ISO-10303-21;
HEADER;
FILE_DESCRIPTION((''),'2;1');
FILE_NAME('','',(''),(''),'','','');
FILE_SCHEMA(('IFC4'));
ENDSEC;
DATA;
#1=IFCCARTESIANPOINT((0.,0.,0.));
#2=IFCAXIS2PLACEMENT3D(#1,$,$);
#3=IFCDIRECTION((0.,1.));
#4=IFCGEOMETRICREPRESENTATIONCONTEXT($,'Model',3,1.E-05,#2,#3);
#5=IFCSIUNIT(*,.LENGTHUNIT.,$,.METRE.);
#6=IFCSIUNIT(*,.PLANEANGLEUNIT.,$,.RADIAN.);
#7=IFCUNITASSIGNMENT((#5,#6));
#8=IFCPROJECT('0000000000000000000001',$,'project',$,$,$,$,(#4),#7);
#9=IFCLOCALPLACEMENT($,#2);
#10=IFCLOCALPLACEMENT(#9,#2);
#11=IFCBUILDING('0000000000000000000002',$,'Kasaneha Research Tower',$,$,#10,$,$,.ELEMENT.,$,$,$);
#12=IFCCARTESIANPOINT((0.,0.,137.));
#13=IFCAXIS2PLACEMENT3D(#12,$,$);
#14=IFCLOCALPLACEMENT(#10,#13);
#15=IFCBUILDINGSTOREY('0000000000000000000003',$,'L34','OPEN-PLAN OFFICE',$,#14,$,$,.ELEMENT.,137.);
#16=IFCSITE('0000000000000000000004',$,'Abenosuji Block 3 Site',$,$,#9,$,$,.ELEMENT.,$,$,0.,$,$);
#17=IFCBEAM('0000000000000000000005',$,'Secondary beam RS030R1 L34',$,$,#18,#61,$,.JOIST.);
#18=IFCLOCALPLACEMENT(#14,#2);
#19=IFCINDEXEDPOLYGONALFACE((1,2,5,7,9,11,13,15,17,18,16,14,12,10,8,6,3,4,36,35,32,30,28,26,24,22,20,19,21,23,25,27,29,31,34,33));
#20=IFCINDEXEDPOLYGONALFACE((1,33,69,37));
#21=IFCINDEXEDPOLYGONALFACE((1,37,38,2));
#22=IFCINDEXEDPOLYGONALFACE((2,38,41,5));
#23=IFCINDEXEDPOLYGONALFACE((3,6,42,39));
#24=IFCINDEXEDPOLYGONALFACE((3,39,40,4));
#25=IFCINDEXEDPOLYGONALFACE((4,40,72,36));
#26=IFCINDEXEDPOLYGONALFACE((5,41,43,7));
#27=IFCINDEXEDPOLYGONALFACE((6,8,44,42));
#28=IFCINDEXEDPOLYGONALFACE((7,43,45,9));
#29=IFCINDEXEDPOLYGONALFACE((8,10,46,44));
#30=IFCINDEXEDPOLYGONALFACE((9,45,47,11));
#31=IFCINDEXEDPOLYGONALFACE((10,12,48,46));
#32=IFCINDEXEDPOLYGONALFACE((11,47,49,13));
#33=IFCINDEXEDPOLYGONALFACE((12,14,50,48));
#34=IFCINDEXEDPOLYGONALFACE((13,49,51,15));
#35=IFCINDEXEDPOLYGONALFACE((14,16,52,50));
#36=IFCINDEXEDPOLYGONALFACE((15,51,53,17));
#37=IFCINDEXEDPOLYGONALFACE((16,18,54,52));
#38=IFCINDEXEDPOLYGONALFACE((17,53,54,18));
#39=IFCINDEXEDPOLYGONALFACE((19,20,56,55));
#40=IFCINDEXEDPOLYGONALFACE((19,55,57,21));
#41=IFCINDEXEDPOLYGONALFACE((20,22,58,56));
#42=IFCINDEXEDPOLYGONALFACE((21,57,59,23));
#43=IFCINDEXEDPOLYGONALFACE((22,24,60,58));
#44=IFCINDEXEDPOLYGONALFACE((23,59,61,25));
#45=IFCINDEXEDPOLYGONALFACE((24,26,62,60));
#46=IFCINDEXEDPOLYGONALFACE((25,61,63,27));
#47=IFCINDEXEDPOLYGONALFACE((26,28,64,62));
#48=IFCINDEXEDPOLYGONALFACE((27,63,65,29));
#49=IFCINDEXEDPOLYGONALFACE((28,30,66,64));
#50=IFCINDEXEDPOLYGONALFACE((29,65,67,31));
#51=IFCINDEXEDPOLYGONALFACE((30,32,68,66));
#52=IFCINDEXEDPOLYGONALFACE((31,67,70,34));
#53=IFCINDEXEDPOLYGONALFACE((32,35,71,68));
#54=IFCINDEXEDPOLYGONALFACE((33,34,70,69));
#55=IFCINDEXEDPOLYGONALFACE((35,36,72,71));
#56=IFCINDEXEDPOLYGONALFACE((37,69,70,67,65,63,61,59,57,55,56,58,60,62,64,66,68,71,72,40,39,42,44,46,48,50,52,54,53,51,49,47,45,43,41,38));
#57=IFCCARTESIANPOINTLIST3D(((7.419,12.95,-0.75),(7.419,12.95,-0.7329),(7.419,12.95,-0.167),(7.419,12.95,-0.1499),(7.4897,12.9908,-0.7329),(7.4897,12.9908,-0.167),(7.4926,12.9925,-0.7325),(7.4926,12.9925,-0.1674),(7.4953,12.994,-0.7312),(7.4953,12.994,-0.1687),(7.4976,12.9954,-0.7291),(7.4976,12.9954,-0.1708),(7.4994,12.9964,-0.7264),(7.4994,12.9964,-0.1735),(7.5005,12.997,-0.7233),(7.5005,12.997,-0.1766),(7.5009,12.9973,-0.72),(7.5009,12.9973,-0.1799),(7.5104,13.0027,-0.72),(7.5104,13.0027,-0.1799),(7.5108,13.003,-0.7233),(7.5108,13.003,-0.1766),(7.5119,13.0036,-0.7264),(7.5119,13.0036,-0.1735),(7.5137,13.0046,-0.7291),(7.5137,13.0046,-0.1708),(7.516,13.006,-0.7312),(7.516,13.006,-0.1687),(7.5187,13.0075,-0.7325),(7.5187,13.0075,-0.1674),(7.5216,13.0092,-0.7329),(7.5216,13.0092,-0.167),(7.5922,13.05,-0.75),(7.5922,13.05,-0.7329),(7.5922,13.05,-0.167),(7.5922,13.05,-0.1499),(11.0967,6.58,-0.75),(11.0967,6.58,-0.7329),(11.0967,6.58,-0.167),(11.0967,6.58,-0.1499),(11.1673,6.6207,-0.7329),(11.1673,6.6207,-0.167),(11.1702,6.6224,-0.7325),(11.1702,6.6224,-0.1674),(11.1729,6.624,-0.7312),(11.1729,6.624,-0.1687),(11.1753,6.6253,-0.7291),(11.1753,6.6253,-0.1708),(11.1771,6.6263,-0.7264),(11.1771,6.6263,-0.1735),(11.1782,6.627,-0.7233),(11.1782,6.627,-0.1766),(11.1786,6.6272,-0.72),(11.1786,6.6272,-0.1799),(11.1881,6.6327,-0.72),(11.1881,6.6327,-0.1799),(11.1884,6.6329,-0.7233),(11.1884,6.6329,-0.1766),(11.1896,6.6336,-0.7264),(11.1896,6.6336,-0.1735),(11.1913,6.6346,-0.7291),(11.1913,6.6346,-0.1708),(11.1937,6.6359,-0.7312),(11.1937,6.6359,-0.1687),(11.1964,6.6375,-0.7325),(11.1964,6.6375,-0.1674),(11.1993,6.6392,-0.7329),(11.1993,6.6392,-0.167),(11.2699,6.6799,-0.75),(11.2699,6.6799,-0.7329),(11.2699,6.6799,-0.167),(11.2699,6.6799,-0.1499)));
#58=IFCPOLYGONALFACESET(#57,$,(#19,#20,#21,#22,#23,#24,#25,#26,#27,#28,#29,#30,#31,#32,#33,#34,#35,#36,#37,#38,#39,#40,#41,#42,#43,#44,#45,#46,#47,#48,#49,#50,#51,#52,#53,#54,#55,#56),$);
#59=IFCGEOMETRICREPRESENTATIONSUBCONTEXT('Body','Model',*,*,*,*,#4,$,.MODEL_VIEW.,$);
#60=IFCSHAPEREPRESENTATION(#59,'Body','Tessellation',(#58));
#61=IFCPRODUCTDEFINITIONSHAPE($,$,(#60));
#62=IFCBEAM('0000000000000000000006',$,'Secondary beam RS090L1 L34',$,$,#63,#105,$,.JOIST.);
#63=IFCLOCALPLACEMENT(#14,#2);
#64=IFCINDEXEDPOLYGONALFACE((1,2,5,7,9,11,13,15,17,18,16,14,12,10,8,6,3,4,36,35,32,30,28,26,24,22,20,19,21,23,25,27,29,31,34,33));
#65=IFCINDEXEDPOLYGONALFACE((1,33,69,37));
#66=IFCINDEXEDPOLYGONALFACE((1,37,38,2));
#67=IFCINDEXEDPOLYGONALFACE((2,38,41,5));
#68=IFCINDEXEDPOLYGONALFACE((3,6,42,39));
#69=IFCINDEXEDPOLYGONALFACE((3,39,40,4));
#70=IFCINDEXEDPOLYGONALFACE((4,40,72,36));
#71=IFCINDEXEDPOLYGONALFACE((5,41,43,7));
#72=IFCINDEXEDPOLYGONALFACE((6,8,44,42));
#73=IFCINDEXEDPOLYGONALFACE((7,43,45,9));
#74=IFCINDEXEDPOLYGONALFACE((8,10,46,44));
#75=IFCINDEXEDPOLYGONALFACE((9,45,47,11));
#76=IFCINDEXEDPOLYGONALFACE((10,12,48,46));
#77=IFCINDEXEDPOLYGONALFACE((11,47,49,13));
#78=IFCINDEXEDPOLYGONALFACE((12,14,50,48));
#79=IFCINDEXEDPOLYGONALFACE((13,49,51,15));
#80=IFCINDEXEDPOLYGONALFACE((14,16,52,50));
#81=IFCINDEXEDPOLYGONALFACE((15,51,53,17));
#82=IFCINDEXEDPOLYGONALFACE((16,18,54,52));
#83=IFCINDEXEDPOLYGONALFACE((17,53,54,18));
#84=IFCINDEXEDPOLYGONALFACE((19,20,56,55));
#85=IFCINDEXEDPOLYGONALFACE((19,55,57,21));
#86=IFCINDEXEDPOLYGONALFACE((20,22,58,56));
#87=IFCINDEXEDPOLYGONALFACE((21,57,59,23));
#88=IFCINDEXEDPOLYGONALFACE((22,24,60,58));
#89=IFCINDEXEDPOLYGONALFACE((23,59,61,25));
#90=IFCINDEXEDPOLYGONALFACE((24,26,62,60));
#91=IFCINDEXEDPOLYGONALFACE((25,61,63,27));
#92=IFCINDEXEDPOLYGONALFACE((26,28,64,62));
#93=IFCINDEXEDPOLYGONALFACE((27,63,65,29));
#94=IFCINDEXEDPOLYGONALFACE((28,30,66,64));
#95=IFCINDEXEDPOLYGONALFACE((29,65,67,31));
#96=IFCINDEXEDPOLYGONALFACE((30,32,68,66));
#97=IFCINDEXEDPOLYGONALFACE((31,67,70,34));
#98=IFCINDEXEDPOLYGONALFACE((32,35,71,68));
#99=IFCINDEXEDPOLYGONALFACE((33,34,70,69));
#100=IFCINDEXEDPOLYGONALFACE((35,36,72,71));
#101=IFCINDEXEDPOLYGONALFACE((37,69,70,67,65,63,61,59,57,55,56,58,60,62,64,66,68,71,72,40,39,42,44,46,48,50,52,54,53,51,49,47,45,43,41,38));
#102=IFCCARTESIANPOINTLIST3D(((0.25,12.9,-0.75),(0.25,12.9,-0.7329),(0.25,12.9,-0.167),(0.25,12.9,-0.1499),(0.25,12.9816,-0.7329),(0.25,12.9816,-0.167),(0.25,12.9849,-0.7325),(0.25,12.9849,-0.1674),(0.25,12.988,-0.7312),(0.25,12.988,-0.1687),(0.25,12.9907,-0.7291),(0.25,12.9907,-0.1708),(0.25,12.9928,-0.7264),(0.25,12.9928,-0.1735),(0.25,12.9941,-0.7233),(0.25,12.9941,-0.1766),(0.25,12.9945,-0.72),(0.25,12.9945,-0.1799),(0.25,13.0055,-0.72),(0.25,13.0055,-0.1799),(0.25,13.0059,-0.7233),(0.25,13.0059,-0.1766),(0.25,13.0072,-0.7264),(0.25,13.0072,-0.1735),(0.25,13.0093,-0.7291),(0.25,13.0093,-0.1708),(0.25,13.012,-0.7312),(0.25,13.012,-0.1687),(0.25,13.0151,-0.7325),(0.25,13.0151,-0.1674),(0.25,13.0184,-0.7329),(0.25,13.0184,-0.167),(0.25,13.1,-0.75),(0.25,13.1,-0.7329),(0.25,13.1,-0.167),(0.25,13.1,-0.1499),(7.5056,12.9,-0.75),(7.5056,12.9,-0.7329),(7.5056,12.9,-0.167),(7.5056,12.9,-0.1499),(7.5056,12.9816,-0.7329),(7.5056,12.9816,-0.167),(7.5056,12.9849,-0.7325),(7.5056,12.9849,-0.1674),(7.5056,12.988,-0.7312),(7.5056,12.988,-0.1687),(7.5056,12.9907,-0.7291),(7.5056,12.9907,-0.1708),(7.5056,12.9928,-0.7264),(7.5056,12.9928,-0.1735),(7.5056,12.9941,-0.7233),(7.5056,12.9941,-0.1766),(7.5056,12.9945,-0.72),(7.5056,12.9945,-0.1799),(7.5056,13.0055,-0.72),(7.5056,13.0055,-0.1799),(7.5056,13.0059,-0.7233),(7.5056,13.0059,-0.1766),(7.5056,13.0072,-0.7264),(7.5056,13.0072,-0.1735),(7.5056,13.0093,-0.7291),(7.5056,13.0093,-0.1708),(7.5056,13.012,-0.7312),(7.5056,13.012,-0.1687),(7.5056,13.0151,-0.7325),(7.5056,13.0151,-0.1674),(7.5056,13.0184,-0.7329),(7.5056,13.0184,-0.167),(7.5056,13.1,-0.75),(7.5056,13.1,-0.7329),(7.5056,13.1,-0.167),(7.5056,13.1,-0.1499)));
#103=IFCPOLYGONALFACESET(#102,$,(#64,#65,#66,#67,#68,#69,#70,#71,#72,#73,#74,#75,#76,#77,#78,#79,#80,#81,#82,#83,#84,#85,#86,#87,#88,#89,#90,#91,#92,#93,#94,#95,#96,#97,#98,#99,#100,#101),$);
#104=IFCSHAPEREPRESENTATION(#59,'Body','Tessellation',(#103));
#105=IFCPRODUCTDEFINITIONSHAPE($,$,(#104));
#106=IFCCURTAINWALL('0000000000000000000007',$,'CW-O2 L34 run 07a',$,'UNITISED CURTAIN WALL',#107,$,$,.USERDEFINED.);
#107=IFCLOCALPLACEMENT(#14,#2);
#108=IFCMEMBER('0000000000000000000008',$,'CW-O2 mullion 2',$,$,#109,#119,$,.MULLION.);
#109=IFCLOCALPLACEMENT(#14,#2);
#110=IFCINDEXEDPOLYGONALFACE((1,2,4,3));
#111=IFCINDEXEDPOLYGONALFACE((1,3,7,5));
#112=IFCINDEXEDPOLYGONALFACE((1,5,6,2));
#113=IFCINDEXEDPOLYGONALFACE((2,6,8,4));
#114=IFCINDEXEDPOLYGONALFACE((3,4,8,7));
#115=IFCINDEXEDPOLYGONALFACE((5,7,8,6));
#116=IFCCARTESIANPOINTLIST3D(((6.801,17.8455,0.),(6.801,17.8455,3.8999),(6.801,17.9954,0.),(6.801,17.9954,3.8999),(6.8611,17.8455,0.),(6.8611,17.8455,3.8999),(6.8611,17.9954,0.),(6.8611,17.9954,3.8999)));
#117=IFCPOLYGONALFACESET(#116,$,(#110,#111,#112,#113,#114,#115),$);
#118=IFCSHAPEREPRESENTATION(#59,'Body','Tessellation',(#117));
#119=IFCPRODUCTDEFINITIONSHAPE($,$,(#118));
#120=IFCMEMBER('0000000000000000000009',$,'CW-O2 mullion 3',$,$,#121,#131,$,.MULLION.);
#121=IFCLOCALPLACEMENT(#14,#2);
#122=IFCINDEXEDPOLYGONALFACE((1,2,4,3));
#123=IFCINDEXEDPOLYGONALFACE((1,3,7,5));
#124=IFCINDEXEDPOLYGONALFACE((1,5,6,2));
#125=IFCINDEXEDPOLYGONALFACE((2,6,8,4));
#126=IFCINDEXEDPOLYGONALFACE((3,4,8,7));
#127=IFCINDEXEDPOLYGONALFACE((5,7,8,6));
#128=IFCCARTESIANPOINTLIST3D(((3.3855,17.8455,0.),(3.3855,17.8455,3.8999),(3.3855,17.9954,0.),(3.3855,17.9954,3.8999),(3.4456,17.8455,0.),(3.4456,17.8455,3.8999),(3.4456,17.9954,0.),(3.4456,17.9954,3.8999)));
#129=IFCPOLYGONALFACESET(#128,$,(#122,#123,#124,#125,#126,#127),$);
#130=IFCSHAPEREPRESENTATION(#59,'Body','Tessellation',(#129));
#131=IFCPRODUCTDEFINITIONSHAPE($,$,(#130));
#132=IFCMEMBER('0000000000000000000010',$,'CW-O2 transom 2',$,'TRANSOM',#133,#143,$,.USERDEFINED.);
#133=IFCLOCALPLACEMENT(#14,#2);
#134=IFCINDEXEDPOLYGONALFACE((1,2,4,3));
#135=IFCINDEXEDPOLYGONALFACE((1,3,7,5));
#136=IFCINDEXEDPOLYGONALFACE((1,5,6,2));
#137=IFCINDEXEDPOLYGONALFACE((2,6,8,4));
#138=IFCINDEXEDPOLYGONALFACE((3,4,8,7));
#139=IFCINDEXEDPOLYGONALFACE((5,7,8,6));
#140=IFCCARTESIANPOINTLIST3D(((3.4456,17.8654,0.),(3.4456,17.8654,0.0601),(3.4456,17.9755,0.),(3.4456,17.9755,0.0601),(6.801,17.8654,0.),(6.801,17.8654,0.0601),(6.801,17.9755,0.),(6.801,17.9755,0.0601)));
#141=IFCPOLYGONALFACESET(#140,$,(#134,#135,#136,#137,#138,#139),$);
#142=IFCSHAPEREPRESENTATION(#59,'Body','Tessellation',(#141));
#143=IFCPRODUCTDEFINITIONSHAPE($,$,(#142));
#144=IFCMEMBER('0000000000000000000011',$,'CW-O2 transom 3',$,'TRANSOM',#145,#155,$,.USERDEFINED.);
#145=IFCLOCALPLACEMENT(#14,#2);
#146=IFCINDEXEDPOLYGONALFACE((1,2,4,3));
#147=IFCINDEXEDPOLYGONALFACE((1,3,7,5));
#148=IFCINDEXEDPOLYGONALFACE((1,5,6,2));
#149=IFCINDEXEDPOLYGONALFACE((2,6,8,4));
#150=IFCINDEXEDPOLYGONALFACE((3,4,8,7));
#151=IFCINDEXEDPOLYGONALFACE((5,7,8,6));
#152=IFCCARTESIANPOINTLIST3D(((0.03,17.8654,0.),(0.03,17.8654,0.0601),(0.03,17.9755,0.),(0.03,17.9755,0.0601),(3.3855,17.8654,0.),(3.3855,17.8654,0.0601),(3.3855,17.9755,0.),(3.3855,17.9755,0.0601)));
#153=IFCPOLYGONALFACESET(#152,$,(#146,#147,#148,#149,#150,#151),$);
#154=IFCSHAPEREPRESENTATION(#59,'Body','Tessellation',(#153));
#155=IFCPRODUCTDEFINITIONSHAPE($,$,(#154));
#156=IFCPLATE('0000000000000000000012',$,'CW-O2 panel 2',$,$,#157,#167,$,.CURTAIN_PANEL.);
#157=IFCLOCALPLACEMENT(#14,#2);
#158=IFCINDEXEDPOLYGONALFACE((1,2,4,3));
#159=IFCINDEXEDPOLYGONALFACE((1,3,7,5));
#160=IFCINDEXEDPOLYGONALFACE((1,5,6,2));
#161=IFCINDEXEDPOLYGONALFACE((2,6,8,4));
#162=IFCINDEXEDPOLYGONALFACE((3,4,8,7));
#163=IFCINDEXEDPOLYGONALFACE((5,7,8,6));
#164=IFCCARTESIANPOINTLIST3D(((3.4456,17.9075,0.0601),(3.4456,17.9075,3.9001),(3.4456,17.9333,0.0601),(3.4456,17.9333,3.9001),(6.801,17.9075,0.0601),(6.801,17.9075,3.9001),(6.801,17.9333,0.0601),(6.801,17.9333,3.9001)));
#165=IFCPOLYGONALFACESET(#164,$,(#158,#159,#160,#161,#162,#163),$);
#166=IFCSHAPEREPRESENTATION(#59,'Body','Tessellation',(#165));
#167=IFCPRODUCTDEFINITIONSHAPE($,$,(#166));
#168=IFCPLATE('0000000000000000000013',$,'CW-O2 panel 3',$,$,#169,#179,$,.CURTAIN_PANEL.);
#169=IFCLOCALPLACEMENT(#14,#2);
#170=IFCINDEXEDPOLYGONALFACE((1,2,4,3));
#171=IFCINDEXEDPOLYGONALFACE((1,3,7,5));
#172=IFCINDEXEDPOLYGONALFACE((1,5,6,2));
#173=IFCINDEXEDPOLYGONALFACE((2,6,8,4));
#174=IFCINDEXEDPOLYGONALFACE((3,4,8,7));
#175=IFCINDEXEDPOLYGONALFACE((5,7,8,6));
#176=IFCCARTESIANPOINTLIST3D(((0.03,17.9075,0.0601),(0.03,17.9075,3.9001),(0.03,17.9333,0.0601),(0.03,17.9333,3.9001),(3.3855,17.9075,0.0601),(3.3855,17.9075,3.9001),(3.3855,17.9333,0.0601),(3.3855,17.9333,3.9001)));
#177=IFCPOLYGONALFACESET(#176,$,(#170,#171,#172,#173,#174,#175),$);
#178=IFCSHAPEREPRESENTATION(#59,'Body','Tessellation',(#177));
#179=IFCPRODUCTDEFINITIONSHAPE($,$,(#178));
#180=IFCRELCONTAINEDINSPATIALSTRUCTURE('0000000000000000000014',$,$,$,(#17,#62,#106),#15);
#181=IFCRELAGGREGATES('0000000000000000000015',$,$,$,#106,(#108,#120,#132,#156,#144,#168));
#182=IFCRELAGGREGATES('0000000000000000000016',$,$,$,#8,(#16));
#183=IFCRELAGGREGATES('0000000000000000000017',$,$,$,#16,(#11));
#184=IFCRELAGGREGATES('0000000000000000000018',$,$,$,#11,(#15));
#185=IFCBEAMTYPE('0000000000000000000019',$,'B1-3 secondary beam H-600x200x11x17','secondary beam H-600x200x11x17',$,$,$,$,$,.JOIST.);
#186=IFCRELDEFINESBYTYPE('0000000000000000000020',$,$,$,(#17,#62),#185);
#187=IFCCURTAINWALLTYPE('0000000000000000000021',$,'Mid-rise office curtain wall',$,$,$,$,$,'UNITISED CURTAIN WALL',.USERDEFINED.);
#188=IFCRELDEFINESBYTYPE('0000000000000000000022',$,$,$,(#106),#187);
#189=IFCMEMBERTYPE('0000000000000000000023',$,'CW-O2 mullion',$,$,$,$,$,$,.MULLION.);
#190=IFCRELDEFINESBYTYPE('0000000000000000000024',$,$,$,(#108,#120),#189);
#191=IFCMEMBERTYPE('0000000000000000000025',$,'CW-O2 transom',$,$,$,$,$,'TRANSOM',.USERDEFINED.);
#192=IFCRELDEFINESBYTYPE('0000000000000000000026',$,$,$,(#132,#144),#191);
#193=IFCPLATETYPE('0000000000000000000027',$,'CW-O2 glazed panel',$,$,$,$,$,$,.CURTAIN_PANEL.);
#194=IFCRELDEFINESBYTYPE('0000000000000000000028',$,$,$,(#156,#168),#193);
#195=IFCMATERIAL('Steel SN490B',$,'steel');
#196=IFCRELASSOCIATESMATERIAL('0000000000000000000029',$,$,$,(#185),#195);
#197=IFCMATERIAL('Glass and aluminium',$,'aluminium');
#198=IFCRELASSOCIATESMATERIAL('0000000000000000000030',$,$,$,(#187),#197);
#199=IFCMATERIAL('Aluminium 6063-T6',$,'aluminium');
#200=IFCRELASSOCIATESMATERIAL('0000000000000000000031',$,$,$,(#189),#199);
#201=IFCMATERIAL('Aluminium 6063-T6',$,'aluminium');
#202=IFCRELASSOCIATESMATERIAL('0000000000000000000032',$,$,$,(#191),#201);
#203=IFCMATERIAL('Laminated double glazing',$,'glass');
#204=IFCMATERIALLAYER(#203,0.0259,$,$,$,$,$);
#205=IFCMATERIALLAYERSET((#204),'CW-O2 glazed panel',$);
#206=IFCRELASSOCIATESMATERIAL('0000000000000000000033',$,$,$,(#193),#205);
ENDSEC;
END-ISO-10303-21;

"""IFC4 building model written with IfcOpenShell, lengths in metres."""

from ifc_helpers import new_model, si_unit, direction, frame, origin, origin_2d, place, context, subcontext, project, spatial, rectangle, i_section, extrude, material, layer, layer_set, material_profile, profile_set, type_object, element, aggregate, save


model = new_model("IFC4")

# Units and contexts
model_context = context("Model", 3, precision=1e-05, world=origin(), true_north=direction((0.0, 1.0)))
body_context = subcontext(model_context, "Body", "Model", "MODEL_VIEW")
ifc_project = project(units=[si_unit("LENGTHUNIT", "METRE"), si_unit("PLANEANGLEUNIT", "RADIAN")], contexts=[model_context])

# Site, building, storey
site_placement = place(None, origin())
site = spatial("IfcSite", under=ifc_project, at=site_placement, Name="Abenosuji Block 3 Site", CompositionType="ELEMENT", RefElevation=0.0)
building_placement = place(site_placement, origin())
building = spatial("IfcBuilding", under=site, at=building_placement, Name="Kasaneha Research Tower", CompositionType="ELEMENT")
storey_placement = place(building_placement, frame((0.0, 0.0, 137.0)))
storey = spatial("IfcBuildingStorey", under=building, at=storey_placement, Name="L34", Description="OPEN-PLAN OFFICE", CompositionType="ELEMENT", Elevation=137.0)

# Beams
ifc_material_1 = material(Name="Steel SN490B", Category="steel")
ifc_material_profile_1 = material_profile(ifc_material_1, i_section(OverallWidth=0.2, OverallDepth=0.6001, WebThickness=0.011, FlangeThickness=0.0171, FilletRadius=0.0129, at=origin_2d()), Name="H-600x200x11x17")
ifc_profile_set_1 = profile_set([ifc_material_profile_1], Name="Steel SN490B")
beam_type = type_object("IfcBeamType", Name="B1-3 secondary beam H-600x200x11x17", Description="secondary beam H-600x200x11x17", PredefinedType="JOIST", material=ifc_profile_set_1)
beam_1_placement = place(storey_placement, frame((7.5056, 13.0, -0.45), z_axis=(0.499994, -0.866029, 0.0), x_axis=(0.866029, 0.499994, 0.0)))
element("IfcBeam", 1, at=beam_1_placement, inside=storey, type_object=beam_type, Name="Secondary beam RS030R1 L34", PredefinedType="JOIST", context=body_context, shape_type="SweptSolid", body=[
    extrude(i_section(OverallWidth=0.2, OverallDepth=0.6001, WebThickness=0.011, FlangeThickness=0.0171, FilletRadius=0.0129, at=origin_2d()), origin(), (0.0, 0.0, 1.0), 7.3555),
])
beam_2_placement = place(storey_placement, frame((7.5056, 13.0, -0.45), z_axis=(-1.0, 0.0, 0.0), x_axis=(0.0, -1.0, 0.0)))
element("IfcBeam", 2, at=beam_2_placement, inside=storey, type_object=beam_type, Name="Secondary beam RS090L1 L34", PredefinedType="JOIST", context=body_context, shape_type="SweptSolid", body=[
    extrude(i_section(OverallWidth=0.2, OverallDepth=0.6001, WebThickness=0.011, FlangeThickness=0.0171, FilletRadius=0.0129, at=origin_2d()), origin(), (0.0, 0.0, 1.0), 7.2556),
])

# Curtain wall, members, plates
ifc_material_2 = material(Name="Glass and aluminium", Category="aluminium")
curtain_wall_type = type_object("IfcCurtainWallType", Name="Mid-rise office curtain wall", ElementType="UNITISED CURTAIN WALL", PredefinedType="USERDEFINED", material=ifc_material_2)
curtain_wall_placement = place(storey_placement, origin())
curtain_wall = element("IfcCurtainWall", 3, at=curtain_wall_placement, inside=storey, type_object=curtain_wall_type, Name="CW-O2 L34 run 07a", ObjectType="UNITISED CURTAIN WALL", PredefinedType="USERDEFINED")
ifc_material_3 = material(Name="Aluminium 6063-T6", Category="aluminium")
ifc_material_profile_2 = material_profile(ifc_material_3, rectangle(XDim=0.0601, YDim=0.1499, at=origin_2d()), Name="CW-O2 mullion 60x150")
ifc_profile_set_2 = profile_set([ifc_material_profile_2], Name="Aluminium 6063-T6")
member_type_1 = type_object("IfcMemberType", Name="CW-O2 mullion", PredefinedType="MULLION", material=ifc_profile_set_2)
member_1_placement = place(storey_placement, frame((6.8311, 17.9204, 0.0), z_axis=(0.0, 0.0, 1.0), x_axis=(-1.0, 0.0, 0.0)))
member_1 = element("IfcMember", 4, at=member_1_placement, type_object=member_type_1, Name="CW-O2 mullion 2", PredefinedType="MULLION", context=body_context, shape_type="SweptSolid", body=[
    extrude(rectangle(XDim=0.0601, YDim=0.1499, at=origin_2d()), origin(), (0.0, 0.0, 1.0), 3.8999),
])
member_2_placement = place(storey_placement, frame((3.4155, 17.9204, 0.0), z_axis=(0.0, 0.0, 1.0), x_axis=(-1.0, 0.0, 0.0)))
member_2 = element("IfcMember", 5, at=member_2_placement, type_object=member_type_1, Name="CW-O2 mullion 3", PredefinedType="MULLION", context=body_context, shape_type="SweptSolid", body=[
    extrude(rectangle(XDim=0.0601, YDim=0.1499, at=origin_2d()), origin(), (0.0, 0.0, 1.0), 3.8999),
])
ifc_material_4 = material(Name="Aluminium 6063-T6", Category="aluminium")
ifc_material_profile_3 = material_profile(ifc_material_4, rectangle(XDim=0.1101, YDim=0.0601, at=origin_2d()), Name="CW-O2 transom 110x60")
ifc_profile_set_3 = profile_set([ifc_material_profile_3], Name="Aluminium 6063-T6")
member_type_2 = type_object("IfcMemberType", Name="CW-O2 transom", ElementType="TRANSOM", PredefinedType="USERDEFINED", material=ifc_profile_set_3)
member_3_placement = place(storey_placement, frame((6.801, 17.9204, 0.03), z_axis=(-1.0, 0.0, 0.0), x_axis=(0.0, -1.0, 0.0)))
member_3 = element("IfcMember", 6, at=member_3_placement, type_object=member_type_2, Name="CW-O2 transom 2", ObjectType="TRANSOM", PredefinedType="USERDEFINED", context=body_context, shape_type="SweptSolid", body=[
    extrude(rectangle(XDim=0.1101, YDim=0.0601, at=origin_2d()), origin(), (0.0, 0.0, 1.0), 3.3555),
])
member_4_placement = place(storey_placement, frame((3.3855, 17.9204, 0.03), z_axis=(-1.0, 0.0, 0.0), x_axis=(0.0, -1.0, 0.0)))
member_4 = element("IfcMember", 7, at=member_4_placement, type_object=member_type_2, Name="CW-O2 transom 3", ObjectType="TRANSOM", PredefinedType="USERDEFINED", context=body_context, shape_type="SweptSolid", body=[
    extrude(rectangle(XDim=0.1101, YDim=0.0601, at=origin_2d()), origin(), (0.0, 0.0, 1.0), 3.3555),
])
ifc_material_5 = material(Name="Laminated double glazing", Category="glass")
ifc_layer_1 = layer(ifc_material_5, 0.0259)
ifc_layer_set_1 = layer_set([ifc_layer_1], Name="CW-O2 glazed panel")
plate_type = type_object("IfcPlateType", Name="CW-O2 glazed panel", PredefinedType="CURTAIN_PANEL", material=ifc_layer_set_1)
plate_1_placement = place(storey_placement, frame((5.1233, 17.9204, 0.0601), z_axis=(0.0, 0.0, 1.0), x_axis=(-1.0, 0.0, 0.0)))
plate_1 = element("IfcPlate", 8, at=plate_1_placement, type_object=plate_type, Name="CW-O2 panel 2", PredefinedType="CURTAIN_PANEL", context=body_context, shape_type="SweptSolid", body=[
    extrude(rectangle(XDim=3.3555, YDim=0.0259, at=origin_2d()), origin(), (0.0, 0.0, 1.0), 3.8401),
])
plate_2_placement = place(storey_placement, frame((1.7078, 17.9204, 0.0601), z_axis=(0.0, 0.0, 1.0), x_axis=(-1.0, 0.0, 0.0)))
plate_2 = element("IfcPlate", 9, at=plate_2_placement, type_object=plate_type, Name="CW-O2 panel 3", PredefinedType="CURTAIN_PANEL", context=body_context, shape_type="SweptSolid", body=[
    extrude(rectangle(XDim=3.3555, YDim=0.0259, at=origin_2d()), origin(), (0.0, 0.0, 1.0), 3.8401),
])
aggregate(curtain_wall, [member_1, member_2, member_3, plate_1, member_4, plate_2])

save(model, "model.ifc")
